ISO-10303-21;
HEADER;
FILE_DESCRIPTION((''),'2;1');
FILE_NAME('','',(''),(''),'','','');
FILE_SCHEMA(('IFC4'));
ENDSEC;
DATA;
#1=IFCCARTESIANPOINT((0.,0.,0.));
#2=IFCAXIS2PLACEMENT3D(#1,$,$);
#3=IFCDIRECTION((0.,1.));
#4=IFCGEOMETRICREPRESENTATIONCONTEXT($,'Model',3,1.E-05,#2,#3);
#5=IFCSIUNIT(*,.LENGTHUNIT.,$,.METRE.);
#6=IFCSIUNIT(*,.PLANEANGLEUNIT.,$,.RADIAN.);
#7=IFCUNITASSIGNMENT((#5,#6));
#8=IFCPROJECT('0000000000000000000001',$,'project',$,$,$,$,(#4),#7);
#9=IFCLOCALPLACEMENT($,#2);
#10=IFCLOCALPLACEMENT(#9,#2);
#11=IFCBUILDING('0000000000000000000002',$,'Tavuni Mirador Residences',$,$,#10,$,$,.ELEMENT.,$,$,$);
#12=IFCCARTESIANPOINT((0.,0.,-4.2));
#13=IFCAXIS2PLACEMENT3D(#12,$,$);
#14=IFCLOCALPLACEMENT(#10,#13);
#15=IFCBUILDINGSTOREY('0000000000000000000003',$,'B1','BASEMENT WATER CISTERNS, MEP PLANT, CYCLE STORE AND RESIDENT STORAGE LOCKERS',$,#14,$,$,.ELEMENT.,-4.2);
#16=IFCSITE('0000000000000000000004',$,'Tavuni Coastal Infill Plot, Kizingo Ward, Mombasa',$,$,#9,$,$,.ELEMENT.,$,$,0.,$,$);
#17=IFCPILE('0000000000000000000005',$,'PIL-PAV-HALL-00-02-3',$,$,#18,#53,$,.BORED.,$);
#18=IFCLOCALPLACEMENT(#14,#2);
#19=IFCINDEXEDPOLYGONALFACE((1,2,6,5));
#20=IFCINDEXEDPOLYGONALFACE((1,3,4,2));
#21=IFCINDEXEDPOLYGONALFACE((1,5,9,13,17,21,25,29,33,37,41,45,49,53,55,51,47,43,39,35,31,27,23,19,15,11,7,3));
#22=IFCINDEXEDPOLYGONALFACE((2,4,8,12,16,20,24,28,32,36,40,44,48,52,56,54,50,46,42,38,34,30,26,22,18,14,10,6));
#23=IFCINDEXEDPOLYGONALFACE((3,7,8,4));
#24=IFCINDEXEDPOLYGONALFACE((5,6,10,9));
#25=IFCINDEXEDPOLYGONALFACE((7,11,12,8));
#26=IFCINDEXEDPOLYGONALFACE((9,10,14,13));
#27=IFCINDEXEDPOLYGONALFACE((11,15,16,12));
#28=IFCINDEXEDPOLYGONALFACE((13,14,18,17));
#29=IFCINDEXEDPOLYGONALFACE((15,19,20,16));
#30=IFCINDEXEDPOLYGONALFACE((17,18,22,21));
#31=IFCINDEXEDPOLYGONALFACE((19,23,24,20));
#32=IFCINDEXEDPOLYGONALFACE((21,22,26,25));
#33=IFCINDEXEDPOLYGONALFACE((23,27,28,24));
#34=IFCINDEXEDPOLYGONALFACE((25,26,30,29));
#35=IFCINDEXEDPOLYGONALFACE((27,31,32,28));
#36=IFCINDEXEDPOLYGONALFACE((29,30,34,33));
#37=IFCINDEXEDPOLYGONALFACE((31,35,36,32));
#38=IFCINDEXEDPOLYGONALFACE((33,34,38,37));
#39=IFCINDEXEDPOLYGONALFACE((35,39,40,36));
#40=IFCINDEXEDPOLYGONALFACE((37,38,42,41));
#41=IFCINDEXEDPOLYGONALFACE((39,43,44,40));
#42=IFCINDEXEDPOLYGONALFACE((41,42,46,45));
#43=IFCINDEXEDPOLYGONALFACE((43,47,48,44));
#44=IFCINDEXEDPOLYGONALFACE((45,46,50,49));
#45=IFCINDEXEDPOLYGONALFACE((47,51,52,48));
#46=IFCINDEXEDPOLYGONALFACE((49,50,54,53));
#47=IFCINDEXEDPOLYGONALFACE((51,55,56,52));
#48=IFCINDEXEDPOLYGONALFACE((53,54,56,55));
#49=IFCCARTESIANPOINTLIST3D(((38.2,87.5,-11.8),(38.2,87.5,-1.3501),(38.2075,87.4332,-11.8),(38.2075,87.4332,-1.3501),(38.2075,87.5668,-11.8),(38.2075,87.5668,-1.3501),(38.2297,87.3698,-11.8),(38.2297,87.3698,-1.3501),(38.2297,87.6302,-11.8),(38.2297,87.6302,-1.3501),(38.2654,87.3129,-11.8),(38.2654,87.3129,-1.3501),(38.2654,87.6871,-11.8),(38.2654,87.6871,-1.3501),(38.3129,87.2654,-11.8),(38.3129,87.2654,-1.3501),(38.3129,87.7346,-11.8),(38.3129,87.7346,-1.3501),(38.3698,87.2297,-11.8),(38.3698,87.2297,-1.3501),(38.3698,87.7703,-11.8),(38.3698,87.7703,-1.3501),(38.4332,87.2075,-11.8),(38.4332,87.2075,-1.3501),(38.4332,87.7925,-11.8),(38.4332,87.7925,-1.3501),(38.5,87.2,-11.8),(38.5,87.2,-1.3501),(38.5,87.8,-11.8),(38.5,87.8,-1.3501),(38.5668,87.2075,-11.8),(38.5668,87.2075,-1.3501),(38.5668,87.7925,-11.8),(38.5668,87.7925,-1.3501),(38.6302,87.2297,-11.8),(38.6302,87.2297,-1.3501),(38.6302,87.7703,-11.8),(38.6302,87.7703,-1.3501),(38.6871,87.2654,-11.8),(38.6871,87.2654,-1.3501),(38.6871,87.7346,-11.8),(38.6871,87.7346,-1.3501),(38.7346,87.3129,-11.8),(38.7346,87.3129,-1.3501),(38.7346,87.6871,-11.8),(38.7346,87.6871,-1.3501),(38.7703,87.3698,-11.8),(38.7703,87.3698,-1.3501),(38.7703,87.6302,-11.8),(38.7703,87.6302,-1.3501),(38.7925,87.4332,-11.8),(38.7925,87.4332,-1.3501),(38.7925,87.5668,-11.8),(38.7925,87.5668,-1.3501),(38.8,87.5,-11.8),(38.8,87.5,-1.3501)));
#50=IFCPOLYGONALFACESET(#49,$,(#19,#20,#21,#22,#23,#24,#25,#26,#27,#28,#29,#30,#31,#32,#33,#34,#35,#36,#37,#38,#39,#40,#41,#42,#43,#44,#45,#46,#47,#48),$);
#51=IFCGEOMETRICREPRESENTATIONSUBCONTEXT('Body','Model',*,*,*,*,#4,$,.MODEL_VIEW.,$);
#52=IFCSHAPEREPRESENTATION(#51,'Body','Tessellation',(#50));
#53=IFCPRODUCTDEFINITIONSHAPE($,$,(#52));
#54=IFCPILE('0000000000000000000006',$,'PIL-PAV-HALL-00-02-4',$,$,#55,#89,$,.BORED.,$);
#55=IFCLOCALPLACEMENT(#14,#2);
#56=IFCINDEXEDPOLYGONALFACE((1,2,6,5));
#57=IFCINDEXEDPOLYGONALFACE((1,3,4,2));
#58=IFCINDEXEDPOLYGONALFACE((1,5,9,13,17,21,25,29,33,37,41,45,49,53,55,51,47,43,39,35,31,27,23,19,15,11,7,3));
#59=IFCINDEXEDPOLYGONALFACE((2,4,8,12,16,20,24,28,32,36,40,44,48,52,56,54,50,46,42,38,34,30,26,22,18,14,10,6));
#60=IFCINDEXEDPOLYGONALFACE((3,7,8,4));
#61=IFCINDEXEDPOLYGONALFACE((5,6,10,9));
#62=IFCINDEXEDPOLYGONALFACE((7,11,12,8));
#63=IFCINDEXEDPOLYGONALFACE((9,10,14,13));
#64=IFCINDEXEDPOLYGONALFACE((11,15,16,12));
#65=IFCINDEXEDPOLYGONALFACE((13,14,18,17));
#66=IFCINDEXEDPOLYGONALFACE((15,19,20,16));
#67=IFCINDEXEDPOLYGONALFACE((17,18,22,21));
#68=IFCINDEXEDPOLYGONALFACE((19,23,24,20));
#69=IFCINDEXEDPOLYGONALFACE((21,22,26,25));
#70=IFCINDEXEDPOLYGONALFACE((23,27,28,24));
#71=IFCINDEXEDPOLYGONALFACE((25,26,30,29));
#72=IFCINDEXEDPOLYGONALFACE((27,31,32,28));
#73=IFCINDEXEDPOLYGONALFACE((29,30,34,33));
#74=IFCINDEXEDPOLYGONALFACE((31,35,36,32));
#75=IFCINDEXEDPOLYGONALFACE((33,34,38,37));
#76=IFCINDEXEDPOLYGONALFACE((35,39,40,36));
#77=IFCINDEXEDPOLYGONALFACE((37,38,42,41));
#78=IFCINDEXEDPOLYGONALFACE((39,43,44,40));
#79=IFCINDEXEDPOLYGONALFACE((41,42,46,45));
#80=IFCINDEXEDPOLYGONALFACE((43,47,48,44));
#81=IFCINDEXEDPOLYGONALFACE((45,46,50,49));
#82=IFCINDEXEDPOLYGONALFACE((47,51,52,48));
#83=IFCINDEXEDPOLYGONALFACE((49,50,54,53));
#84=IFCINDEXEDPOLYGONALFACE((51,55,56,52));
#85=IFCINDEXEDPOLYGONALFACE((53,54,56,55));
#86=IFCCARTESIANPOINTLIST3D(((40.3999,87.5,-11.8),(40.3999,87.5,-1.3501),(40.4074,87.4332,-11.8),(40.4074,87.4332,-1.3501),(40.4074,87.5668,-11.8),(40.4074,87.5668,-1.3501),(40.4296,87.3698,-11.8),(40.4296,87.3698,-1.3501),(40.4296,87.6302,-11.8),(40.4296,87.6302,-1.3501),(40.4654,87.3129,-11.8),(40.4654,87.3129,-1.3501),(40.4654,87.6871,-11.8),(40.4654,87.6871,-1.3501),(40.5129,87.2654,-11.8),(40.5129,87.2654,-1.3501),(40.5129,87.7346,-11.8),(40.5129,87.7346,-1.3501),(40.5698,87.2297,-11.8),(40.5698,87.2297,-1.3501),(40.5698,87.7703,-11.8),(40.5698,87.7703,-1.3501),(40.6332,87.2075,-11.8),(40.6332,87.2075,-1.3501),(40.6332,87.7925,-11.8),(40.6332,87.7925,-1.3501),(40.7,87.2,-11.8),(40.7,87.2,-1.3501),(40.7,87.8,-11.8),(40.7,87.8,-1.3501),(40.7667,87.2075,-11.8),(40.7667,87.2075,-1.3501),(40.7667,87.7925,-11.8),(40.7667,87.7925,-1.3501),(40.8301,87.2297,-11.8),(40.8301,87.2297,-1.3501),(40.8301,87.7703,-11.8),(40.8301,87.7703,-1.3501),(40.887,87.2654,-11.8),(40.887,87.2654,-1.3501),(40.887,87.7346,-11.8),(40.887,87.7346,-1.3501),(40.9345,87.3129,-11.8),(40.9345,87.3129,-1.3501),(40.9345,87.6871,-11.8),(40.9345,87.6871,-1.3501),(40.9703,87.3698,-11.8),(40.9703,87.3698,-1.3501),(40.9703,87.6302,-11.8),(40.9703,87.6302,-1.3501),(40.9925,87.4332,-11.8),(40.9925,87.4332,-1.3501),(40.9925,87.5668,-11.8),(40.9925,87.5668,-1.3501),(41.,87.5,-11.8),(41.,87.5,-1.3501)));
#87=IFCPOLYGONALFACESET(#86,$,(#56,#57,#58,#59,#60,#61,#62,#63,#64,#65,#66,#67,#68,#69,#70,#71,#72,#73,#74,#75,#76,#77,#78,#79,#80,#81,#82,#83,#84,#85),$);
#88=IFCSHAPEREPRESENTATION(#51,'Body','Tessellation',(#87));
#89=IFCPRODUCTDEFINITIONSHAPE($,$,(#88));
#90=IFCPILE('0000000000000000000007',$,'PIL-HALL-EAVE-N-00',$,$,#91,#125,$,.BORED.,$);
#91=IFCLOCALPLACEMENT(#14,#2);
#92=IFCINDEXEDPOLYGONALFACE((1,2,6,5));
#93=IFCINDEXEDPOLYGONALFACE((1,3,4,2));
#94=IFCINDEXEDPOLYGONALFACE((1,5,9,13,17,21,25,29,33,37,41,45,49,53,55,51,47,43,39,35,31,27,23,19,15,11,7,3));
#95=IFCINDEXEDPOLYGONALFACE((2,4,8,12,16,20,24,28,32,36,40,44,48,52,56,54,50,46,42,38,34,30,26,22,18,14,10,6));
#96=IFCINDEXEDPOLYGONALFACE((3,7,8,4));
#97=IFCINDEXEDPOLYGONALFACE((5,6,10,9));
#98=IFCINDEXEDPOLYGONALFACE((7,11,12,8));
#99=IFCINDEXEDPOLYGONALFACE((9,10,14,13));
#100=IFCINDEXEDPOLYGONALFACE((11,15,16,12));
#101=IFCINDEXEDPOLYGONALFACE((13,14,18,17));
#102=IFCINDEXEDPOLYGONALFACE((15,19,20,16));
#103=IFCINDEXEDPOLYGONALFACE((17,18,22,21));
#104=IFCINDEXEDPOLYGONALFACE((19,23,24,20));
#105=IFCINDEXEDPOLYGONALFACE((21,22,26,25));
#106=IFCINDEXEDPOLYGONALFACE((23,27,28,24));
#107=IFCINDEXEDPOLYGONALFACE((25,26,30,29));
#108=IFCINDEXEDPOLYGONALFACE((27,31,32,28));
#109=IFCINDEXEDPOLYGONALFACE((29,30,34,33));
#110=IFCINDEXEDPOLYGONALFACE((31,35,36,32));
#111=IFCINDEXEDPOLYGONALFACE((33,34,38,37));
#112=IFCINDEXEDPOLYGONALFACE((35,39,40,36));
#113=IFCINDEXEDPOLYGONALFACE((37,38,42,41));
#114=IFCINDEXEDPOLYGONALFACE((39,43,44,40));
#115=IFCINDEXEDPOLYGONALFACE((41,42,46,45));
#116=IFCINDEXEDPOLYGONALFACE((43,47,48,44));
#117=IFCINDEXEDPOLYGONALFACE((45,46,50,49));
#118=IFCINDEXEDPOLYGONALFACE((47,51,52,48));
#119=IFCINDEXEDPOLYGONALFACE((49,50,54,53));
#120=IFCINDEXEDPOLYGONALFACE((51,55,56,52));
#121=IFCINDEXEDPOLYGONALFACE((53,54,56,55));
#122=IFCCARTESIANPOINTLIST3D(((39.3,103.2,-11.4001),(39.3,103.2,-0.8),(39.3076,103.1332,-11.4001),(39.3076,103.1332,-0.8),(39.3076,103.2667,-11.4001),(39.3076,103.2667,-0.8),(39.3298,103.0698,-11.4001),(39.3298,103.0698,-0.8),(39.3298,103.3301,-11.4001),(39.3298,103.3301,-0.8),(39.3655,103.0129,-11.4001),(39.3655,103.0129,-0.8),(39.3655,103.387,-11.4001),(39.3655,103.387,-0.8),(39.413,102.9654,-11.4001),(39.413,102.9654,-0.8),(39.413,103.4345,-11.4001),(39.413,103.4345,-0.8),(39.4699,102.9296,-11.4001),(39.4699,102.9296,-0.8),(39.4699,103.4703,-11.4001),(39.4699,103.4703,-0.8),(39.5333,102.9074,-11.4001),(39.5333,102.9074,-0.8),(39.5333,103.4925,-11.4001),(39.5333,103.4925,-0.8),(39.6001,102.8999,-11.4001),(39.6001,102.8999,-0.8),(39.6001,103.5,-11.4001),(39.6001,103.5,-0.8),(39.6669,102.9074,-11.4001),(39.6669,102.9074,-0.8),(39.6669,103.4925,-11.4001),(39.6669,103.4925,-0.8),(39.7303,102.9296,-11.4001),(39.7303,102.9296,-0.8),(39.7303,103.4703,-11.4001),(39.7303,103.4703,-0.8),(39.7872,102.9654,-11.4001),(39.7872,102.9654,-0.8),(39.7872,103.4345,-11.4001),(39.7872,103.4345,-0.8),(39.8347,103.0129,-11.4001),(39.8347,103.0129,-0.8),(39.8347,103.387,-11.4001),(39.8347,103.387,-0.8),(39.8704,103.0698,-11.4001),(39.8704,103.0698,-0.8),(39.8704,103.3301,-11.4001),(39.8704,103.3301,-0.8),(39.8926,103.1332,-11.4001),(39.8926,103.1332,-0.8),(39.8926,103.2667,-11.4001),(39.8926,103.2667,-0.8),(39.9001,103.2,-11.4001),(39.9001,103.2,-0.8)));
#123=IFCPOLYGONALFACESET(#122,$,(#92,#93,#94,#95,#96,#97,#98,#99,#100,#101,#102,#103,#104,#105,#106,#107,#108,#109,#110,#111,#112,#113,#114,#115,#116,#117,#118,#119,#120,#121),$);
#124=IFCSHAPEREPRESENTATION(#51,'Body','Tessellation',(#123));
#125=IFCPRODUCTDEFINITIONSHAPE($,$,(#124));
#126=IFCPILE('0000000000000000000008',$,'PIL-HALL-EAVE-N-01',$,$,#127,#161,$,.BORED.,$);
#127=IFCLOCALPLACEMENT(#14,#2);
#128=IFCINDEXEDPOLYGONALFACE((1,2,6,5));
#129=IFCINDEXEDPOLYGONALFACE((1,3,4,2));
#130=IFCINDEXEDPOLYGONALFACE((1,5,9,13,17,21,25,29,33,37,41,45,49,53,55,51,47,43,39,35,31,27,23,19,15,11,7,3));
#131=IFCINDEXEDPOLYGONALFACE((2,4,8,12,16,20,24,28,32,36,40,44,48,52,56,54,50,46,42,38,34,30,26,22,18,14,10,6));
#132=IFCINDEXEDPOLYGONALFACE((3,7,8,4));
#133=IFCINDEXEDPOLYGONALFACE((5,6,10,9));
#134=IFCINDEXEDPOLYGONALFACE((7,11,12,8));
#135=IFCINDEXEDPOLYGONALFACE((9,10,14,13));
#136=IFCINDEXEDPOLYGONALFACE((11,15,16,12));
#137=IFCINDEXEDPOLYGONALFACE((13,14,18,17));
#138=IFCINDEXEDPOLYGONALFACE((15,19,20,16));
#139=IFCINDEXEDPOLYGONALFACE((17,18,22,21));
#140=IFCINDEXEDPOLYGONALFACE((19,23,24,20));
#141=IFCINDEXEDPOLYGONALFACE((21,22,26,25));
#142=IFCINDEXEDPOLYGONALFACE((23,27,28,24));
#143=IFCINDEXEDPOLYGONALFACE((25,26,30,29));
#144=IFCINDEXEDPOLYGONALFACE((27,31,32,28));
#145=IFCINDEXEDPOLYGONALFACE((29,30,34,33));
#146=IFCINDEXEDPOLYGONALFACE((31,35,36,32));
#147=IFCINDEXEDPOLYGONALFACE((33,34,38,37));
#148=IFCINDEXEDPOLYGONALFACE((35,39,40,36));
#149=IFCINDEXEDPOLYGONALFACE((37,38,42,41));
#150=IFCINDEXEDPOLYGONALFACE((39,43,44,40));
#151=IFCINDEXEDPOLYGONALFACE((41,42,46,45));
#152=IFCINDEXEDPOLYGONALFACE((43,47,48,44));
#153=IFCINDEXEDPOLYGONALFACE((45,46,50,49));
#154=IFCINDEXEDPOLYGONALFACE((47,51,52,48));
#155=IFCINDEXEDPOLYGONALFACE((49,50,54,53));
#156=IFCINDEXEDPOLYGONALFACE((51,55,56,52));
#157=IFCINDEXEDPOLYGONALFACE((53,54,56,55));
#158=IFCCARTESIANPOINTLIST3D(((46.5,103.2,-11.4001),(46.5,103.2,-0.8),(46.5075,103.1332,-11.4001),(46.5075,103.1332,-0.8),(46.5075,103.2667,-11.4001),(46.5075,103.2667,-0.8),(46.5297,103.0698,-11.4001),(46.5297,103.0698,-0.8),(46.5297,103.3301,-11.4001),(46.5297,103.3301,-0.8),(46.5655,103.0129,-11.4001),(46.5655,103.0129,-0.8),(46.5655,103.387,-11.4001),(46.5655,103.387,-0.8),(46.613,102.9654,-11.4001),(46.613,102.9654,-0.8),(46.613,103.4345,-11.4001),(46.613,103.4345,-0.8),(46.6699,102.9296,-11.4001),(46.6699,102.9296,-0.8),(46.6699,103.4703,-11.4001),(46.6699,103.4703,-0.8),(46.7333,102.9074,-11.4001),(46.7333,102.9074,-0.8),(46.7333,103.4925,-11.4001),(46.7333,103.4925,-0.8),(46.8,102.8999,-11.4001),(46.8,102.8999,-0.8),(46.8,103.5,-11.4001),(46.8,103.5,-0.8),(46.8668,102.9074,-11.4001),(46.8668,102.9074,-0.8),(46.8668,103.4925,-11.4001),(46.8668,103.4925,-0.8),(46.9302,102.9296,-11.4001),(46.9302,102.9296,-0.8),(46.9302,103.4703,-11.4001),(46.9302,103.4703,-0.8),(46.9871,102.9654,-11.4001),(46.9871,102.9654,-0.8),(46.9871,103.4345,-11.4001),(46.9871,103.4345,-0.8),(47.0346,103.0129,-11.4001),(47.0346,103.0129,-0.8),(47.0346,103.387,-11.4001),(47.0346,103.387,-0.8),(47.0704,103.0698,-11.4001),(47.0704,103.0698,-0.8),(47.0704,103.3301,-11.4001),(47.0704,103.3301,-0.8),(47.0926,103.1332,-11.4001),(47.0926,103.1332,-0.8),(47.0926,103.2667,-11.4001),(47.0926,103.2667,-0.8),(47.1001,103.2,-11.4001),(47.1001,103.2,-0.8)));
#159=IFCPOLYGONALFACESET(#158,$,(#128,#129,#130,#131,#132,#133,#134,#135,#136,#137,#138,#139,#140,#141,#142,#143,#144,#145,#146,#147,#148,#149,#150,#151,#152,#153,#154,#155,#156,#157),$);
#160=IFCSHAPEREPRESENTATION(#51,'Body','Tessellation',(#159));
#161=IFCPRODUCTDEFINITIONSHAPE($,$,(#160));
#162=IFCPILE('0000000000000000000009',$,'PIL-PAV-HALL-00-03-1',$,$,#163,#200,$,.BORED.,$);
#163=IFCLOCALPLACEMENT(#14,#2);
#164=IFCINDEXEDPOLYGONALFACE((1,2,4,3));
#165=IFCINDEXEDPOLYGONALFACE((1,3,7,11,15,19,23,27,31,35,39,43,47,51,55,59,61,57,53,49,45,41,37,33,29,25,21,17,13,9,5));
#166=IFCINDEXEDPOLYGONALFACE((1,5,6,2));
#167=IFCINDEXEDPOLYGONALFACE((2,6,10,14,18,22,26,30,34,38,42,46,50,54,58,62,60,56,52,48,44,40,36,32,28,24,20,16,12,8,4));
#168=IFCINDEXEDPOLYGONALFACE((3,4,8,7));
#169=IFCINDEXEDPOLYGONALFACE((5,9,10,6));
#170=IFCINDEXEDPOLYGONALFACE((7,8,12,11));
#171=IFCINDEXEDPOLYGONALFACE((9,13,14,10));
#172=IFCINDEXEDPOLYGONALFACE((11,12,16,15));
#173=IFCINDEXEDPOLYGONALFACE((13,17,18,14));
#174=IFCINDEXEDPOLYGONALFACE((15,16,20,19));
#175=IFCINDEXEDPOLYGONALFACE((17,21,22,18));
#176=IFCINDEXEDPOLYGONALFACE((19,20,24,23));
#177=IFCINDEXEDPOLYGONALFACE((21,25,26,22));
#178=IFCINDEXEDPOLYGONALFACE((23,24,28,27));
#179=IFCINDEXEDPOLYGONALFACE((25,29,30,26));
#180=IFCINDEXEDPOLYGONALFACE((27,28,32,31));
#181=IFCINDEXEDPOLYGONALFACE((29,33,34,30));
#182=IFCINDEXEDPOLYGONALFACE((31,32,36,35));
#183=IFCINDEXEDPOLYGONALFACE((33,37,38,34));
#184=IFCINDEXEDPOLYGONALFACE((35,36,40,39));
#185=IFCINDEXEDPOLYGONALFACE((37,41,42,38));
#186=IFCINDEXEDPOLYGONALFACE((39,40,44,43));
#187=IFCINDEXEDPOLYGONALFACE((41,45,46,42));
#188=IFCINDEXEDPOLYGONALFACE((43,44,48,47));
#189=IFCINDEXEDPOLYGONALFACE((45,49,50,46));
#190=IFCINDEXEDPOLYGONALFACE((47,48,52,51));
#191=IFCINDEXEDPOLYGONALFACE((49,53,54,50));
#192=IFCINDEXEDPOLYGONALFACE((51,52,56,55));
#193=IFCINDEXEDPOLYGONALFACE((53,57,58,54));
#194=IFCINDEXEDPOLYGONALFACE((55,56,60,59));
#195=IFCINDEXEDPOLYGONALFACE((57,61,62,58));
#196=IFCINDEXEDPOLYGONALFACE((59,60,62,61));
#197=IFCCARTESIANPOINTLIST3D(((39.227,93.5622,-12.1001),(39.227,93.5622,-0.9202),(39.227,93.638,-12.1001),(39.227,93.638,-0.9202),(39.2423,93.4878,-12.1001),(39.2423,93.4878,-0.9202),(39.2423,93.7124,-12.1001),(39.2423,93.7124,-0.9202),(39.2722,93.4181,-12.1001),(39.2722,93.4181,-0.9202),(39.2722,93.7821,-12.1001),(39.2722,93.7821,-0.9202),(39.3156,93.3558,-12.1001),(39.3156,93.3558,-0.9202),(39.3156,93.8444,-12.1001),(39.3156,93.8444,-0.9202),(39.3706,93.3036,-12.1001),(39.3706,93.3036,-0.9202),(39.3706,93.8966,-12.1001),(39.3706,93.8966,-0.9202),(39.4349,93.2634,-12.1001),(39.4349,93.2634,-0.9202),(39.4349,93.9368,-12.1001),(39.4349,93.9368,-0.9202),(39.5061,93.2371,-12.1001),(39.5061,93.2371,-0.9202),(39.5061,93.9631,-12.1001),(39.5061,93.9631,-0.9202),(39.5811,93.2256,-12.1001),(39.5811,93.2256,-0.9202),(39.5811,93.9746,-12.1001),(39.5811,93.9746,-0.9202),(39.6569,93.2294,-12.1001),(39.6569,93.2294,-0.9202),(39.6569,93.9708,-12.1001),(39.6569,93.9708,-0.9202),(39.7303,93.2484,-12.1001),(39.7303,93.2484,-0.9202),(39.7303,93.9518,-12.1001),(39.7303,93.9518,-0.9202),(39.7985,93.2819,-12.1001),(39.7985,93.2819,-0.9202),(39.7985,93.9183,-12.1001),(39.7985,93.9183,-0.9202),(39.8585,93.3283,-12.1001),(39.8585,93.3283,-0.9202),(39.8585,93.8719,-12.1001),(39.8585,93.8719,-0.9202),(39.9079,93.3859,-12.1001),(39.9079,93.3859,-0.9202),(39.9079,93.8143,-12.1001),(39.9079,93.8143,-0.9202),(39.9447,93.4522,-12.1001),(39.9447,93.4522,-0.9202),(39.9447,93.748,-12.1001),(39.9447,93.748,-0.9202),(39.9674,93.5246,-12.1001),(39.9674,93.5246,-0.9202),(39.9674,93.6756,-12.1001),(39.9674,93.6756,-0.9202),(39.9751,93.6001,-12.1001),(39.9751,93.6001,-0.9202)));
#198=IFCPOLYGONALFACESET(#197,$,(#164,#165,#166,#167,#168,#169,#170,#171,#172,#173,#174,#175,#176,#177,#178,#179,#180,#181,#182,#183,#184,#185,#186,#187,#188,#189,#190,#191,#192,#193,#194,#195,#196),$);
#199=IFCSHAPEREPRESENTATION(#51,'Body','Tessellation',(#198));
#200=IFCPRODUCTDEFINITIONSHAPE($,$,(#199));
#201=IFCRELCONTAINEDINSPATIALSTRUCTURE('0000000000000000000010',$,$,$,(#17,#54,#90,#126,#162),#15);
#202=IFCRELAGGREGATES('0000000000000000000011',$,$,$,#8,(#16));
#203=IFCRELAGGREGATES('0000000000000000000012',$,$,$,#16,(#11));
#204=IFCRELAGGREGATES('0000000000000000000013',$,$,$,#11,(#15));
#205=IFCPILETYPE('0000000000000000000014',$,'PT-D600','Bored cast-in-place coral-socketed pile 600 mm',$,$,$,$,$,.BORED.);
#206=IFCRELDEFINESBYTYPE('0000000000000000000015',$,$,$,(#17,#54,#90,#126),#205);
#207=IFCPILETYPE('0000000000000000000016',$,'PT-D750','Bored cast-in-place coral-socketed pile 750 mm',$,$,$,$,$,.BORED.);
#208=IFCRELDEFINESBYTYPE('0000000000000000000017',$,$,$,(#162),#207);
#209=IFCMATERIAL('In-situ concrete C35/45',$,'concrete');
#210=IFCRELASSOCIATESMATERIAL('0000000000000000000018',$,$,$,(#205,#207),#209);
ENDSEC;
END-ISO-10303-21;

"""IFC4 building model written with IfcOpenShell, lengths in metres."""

from ifc_helpers import new_model, si_unit, direction, frame, origin, origin_2d, place, context, subcontext, project, spatial, circle, extrude, material, material_profile, profile_set, type_object, element, save


model = new_model("IFC4")

# Units and contexts
model_context = context("Model", 3, precision=1e-05, world=origin(), true_north=direction((0.0, 1.0)))
body_context = subcontext(model_context, "Body", "Model", "MODEL_VIEW")
ifc_project = project(units=[si_unit("LENGTHUNIT", "METRE"), si_unit("PLANEANGLEUNIT", "RADIAN")], contexts=[model_context])

# Site, building, storey
site_placement = place(None, origin())
site = spatial("IfcSite", under=ifc_project, at=site_placement, Name="Tavuni Coastal Infill Plot, Kizingo Ward, Mombasa", CompositionType="ELEMENT", RefElevation=0.0)
building_placement = place(site_placement, origin())
building = spatial("IfcBuilding", under=site, at=building_placement, Name="Tavuni Mirador Residences", CompositionType="ELEMENT")
storey_placement = place(building_placement, frame((0.0, 0.0, -4.2)))
storey = spatial("IfcBuildingStorey", under=building, at=storey_placement, Name="B1", Description="BASEMENT WATER CISTERNS, MEP PLANT, CYCLE STORE AND RESIDENT STORAGE LOCKERS", CompositionType="ELEMENT", Elevation=-4.2)

# Shared definitions
ifc_material_1 = material(Name="In-situ concrete C35/45", Category="concrete")

# Piles
ifc_material_profile_1 = material_profile(ifc_material_1, circle(Radius=0.3, at=origin_2d()), Name="PILE D600", Category="concrete")
ifc_profile_set_1 = profile_set([ifc_material_profile_1], Name="In-situ concrete C35/45")
pile_type_1 = type_object("IfcPileType", Name="PT-D600", Description="Bored cast-in-place coral-socketed pile 600 mm", PredefinedType="BORED", material=ifc_profile_set_1)
for number, where, z_axis, x_axis, name in (
    (1, (38.5, 87.5, -1.3501), (0.0, 0.0, -1.0), (1.0, 0.0, 0.0), "PIL-PAV-HALL-00-02-3"),
    (2, (40.7, 87.5, -1.3501), (0.0, 0.0, -1.0), (1.0, 0.0, 0.0), "PIL-PAV-HALL-00-02-4"),
):
    element("IfcPile", number, at=place(storey_placement, frame(where, z_axis=z_axis, x_axis=x_axis)), inside=storey, type_object=pile_type_1, Name=name, PredefinedType="BORED", context=body_context, shape_type="SweptSolid", body=[
        extrude(circle(Radius=0.3, at=origin_2d()), origin(), (0.0, 0.0, 1.0), 10.45),
    ])
for number, where, z_axis, x_axis, name in (
    (3, (39.6001, 103.2, -0.8), (0.0, 0.0, -1.0), (1.0, 0.0, 0.0), "PIL-HALL-EAVE-N-00"),
    (4, (46.8, 103.2, -0.8), (0.0, 0.0, -1.0), (1.0, 0.0, 0.0), "PIL-HALL-EAVE-N-01"),
):
    element("IfcPile", number, at=place(storey_placement, frame(where, z_axis=z_axis, x_axis=x_axis)), inside=storey, type_object=pile_type_1, Name=name, PredefinedType="BORED", context=body_context, shape_type="SweptSolid", body=[
        extrude(circle(Radius=0.3, at=origin_2d()), origin(), (0.0, 0.0, 1.0), 10.6001),
    ])
ifc_material_profile_2 = material_profile(ifc_material_1, circle(Radius=0.375, at=origin_2d()), Name="PILE D750", Category="concrete")
ifc_profile_set_2 = profile_set([ifc_material_profile_2], Name="In-situ concrete C35/45")
pile_type_2 = type_object("IfcPileType", Name="PT-D750", Description="Bored cast-in-place coral-socketed pile 750 mm", PredefinedType="BORED", material=ifc_profile_set_2)
pile_1_placement = place(storey_placement, frame((39.6001, 93.6001, -0.9202), z_axis=(0.0, 0.0, -1.0), x_axis=(1.0, 0.0, 0.0)))
element("IfcPile", 5, at=pile_1_placement, inside=storey, type_object=pile_type_2, Name="PIL-PAV-HALL-00-03-1", PredefinedType="BORED", context=body_context, shape_type="SweptSolid", body=[
    extrude(circle(Radius=0.375, at=origin_2d()), origin(), (0.0, 0.0, 1.0), 11.1799),
])

save(model, "model.ifc")
